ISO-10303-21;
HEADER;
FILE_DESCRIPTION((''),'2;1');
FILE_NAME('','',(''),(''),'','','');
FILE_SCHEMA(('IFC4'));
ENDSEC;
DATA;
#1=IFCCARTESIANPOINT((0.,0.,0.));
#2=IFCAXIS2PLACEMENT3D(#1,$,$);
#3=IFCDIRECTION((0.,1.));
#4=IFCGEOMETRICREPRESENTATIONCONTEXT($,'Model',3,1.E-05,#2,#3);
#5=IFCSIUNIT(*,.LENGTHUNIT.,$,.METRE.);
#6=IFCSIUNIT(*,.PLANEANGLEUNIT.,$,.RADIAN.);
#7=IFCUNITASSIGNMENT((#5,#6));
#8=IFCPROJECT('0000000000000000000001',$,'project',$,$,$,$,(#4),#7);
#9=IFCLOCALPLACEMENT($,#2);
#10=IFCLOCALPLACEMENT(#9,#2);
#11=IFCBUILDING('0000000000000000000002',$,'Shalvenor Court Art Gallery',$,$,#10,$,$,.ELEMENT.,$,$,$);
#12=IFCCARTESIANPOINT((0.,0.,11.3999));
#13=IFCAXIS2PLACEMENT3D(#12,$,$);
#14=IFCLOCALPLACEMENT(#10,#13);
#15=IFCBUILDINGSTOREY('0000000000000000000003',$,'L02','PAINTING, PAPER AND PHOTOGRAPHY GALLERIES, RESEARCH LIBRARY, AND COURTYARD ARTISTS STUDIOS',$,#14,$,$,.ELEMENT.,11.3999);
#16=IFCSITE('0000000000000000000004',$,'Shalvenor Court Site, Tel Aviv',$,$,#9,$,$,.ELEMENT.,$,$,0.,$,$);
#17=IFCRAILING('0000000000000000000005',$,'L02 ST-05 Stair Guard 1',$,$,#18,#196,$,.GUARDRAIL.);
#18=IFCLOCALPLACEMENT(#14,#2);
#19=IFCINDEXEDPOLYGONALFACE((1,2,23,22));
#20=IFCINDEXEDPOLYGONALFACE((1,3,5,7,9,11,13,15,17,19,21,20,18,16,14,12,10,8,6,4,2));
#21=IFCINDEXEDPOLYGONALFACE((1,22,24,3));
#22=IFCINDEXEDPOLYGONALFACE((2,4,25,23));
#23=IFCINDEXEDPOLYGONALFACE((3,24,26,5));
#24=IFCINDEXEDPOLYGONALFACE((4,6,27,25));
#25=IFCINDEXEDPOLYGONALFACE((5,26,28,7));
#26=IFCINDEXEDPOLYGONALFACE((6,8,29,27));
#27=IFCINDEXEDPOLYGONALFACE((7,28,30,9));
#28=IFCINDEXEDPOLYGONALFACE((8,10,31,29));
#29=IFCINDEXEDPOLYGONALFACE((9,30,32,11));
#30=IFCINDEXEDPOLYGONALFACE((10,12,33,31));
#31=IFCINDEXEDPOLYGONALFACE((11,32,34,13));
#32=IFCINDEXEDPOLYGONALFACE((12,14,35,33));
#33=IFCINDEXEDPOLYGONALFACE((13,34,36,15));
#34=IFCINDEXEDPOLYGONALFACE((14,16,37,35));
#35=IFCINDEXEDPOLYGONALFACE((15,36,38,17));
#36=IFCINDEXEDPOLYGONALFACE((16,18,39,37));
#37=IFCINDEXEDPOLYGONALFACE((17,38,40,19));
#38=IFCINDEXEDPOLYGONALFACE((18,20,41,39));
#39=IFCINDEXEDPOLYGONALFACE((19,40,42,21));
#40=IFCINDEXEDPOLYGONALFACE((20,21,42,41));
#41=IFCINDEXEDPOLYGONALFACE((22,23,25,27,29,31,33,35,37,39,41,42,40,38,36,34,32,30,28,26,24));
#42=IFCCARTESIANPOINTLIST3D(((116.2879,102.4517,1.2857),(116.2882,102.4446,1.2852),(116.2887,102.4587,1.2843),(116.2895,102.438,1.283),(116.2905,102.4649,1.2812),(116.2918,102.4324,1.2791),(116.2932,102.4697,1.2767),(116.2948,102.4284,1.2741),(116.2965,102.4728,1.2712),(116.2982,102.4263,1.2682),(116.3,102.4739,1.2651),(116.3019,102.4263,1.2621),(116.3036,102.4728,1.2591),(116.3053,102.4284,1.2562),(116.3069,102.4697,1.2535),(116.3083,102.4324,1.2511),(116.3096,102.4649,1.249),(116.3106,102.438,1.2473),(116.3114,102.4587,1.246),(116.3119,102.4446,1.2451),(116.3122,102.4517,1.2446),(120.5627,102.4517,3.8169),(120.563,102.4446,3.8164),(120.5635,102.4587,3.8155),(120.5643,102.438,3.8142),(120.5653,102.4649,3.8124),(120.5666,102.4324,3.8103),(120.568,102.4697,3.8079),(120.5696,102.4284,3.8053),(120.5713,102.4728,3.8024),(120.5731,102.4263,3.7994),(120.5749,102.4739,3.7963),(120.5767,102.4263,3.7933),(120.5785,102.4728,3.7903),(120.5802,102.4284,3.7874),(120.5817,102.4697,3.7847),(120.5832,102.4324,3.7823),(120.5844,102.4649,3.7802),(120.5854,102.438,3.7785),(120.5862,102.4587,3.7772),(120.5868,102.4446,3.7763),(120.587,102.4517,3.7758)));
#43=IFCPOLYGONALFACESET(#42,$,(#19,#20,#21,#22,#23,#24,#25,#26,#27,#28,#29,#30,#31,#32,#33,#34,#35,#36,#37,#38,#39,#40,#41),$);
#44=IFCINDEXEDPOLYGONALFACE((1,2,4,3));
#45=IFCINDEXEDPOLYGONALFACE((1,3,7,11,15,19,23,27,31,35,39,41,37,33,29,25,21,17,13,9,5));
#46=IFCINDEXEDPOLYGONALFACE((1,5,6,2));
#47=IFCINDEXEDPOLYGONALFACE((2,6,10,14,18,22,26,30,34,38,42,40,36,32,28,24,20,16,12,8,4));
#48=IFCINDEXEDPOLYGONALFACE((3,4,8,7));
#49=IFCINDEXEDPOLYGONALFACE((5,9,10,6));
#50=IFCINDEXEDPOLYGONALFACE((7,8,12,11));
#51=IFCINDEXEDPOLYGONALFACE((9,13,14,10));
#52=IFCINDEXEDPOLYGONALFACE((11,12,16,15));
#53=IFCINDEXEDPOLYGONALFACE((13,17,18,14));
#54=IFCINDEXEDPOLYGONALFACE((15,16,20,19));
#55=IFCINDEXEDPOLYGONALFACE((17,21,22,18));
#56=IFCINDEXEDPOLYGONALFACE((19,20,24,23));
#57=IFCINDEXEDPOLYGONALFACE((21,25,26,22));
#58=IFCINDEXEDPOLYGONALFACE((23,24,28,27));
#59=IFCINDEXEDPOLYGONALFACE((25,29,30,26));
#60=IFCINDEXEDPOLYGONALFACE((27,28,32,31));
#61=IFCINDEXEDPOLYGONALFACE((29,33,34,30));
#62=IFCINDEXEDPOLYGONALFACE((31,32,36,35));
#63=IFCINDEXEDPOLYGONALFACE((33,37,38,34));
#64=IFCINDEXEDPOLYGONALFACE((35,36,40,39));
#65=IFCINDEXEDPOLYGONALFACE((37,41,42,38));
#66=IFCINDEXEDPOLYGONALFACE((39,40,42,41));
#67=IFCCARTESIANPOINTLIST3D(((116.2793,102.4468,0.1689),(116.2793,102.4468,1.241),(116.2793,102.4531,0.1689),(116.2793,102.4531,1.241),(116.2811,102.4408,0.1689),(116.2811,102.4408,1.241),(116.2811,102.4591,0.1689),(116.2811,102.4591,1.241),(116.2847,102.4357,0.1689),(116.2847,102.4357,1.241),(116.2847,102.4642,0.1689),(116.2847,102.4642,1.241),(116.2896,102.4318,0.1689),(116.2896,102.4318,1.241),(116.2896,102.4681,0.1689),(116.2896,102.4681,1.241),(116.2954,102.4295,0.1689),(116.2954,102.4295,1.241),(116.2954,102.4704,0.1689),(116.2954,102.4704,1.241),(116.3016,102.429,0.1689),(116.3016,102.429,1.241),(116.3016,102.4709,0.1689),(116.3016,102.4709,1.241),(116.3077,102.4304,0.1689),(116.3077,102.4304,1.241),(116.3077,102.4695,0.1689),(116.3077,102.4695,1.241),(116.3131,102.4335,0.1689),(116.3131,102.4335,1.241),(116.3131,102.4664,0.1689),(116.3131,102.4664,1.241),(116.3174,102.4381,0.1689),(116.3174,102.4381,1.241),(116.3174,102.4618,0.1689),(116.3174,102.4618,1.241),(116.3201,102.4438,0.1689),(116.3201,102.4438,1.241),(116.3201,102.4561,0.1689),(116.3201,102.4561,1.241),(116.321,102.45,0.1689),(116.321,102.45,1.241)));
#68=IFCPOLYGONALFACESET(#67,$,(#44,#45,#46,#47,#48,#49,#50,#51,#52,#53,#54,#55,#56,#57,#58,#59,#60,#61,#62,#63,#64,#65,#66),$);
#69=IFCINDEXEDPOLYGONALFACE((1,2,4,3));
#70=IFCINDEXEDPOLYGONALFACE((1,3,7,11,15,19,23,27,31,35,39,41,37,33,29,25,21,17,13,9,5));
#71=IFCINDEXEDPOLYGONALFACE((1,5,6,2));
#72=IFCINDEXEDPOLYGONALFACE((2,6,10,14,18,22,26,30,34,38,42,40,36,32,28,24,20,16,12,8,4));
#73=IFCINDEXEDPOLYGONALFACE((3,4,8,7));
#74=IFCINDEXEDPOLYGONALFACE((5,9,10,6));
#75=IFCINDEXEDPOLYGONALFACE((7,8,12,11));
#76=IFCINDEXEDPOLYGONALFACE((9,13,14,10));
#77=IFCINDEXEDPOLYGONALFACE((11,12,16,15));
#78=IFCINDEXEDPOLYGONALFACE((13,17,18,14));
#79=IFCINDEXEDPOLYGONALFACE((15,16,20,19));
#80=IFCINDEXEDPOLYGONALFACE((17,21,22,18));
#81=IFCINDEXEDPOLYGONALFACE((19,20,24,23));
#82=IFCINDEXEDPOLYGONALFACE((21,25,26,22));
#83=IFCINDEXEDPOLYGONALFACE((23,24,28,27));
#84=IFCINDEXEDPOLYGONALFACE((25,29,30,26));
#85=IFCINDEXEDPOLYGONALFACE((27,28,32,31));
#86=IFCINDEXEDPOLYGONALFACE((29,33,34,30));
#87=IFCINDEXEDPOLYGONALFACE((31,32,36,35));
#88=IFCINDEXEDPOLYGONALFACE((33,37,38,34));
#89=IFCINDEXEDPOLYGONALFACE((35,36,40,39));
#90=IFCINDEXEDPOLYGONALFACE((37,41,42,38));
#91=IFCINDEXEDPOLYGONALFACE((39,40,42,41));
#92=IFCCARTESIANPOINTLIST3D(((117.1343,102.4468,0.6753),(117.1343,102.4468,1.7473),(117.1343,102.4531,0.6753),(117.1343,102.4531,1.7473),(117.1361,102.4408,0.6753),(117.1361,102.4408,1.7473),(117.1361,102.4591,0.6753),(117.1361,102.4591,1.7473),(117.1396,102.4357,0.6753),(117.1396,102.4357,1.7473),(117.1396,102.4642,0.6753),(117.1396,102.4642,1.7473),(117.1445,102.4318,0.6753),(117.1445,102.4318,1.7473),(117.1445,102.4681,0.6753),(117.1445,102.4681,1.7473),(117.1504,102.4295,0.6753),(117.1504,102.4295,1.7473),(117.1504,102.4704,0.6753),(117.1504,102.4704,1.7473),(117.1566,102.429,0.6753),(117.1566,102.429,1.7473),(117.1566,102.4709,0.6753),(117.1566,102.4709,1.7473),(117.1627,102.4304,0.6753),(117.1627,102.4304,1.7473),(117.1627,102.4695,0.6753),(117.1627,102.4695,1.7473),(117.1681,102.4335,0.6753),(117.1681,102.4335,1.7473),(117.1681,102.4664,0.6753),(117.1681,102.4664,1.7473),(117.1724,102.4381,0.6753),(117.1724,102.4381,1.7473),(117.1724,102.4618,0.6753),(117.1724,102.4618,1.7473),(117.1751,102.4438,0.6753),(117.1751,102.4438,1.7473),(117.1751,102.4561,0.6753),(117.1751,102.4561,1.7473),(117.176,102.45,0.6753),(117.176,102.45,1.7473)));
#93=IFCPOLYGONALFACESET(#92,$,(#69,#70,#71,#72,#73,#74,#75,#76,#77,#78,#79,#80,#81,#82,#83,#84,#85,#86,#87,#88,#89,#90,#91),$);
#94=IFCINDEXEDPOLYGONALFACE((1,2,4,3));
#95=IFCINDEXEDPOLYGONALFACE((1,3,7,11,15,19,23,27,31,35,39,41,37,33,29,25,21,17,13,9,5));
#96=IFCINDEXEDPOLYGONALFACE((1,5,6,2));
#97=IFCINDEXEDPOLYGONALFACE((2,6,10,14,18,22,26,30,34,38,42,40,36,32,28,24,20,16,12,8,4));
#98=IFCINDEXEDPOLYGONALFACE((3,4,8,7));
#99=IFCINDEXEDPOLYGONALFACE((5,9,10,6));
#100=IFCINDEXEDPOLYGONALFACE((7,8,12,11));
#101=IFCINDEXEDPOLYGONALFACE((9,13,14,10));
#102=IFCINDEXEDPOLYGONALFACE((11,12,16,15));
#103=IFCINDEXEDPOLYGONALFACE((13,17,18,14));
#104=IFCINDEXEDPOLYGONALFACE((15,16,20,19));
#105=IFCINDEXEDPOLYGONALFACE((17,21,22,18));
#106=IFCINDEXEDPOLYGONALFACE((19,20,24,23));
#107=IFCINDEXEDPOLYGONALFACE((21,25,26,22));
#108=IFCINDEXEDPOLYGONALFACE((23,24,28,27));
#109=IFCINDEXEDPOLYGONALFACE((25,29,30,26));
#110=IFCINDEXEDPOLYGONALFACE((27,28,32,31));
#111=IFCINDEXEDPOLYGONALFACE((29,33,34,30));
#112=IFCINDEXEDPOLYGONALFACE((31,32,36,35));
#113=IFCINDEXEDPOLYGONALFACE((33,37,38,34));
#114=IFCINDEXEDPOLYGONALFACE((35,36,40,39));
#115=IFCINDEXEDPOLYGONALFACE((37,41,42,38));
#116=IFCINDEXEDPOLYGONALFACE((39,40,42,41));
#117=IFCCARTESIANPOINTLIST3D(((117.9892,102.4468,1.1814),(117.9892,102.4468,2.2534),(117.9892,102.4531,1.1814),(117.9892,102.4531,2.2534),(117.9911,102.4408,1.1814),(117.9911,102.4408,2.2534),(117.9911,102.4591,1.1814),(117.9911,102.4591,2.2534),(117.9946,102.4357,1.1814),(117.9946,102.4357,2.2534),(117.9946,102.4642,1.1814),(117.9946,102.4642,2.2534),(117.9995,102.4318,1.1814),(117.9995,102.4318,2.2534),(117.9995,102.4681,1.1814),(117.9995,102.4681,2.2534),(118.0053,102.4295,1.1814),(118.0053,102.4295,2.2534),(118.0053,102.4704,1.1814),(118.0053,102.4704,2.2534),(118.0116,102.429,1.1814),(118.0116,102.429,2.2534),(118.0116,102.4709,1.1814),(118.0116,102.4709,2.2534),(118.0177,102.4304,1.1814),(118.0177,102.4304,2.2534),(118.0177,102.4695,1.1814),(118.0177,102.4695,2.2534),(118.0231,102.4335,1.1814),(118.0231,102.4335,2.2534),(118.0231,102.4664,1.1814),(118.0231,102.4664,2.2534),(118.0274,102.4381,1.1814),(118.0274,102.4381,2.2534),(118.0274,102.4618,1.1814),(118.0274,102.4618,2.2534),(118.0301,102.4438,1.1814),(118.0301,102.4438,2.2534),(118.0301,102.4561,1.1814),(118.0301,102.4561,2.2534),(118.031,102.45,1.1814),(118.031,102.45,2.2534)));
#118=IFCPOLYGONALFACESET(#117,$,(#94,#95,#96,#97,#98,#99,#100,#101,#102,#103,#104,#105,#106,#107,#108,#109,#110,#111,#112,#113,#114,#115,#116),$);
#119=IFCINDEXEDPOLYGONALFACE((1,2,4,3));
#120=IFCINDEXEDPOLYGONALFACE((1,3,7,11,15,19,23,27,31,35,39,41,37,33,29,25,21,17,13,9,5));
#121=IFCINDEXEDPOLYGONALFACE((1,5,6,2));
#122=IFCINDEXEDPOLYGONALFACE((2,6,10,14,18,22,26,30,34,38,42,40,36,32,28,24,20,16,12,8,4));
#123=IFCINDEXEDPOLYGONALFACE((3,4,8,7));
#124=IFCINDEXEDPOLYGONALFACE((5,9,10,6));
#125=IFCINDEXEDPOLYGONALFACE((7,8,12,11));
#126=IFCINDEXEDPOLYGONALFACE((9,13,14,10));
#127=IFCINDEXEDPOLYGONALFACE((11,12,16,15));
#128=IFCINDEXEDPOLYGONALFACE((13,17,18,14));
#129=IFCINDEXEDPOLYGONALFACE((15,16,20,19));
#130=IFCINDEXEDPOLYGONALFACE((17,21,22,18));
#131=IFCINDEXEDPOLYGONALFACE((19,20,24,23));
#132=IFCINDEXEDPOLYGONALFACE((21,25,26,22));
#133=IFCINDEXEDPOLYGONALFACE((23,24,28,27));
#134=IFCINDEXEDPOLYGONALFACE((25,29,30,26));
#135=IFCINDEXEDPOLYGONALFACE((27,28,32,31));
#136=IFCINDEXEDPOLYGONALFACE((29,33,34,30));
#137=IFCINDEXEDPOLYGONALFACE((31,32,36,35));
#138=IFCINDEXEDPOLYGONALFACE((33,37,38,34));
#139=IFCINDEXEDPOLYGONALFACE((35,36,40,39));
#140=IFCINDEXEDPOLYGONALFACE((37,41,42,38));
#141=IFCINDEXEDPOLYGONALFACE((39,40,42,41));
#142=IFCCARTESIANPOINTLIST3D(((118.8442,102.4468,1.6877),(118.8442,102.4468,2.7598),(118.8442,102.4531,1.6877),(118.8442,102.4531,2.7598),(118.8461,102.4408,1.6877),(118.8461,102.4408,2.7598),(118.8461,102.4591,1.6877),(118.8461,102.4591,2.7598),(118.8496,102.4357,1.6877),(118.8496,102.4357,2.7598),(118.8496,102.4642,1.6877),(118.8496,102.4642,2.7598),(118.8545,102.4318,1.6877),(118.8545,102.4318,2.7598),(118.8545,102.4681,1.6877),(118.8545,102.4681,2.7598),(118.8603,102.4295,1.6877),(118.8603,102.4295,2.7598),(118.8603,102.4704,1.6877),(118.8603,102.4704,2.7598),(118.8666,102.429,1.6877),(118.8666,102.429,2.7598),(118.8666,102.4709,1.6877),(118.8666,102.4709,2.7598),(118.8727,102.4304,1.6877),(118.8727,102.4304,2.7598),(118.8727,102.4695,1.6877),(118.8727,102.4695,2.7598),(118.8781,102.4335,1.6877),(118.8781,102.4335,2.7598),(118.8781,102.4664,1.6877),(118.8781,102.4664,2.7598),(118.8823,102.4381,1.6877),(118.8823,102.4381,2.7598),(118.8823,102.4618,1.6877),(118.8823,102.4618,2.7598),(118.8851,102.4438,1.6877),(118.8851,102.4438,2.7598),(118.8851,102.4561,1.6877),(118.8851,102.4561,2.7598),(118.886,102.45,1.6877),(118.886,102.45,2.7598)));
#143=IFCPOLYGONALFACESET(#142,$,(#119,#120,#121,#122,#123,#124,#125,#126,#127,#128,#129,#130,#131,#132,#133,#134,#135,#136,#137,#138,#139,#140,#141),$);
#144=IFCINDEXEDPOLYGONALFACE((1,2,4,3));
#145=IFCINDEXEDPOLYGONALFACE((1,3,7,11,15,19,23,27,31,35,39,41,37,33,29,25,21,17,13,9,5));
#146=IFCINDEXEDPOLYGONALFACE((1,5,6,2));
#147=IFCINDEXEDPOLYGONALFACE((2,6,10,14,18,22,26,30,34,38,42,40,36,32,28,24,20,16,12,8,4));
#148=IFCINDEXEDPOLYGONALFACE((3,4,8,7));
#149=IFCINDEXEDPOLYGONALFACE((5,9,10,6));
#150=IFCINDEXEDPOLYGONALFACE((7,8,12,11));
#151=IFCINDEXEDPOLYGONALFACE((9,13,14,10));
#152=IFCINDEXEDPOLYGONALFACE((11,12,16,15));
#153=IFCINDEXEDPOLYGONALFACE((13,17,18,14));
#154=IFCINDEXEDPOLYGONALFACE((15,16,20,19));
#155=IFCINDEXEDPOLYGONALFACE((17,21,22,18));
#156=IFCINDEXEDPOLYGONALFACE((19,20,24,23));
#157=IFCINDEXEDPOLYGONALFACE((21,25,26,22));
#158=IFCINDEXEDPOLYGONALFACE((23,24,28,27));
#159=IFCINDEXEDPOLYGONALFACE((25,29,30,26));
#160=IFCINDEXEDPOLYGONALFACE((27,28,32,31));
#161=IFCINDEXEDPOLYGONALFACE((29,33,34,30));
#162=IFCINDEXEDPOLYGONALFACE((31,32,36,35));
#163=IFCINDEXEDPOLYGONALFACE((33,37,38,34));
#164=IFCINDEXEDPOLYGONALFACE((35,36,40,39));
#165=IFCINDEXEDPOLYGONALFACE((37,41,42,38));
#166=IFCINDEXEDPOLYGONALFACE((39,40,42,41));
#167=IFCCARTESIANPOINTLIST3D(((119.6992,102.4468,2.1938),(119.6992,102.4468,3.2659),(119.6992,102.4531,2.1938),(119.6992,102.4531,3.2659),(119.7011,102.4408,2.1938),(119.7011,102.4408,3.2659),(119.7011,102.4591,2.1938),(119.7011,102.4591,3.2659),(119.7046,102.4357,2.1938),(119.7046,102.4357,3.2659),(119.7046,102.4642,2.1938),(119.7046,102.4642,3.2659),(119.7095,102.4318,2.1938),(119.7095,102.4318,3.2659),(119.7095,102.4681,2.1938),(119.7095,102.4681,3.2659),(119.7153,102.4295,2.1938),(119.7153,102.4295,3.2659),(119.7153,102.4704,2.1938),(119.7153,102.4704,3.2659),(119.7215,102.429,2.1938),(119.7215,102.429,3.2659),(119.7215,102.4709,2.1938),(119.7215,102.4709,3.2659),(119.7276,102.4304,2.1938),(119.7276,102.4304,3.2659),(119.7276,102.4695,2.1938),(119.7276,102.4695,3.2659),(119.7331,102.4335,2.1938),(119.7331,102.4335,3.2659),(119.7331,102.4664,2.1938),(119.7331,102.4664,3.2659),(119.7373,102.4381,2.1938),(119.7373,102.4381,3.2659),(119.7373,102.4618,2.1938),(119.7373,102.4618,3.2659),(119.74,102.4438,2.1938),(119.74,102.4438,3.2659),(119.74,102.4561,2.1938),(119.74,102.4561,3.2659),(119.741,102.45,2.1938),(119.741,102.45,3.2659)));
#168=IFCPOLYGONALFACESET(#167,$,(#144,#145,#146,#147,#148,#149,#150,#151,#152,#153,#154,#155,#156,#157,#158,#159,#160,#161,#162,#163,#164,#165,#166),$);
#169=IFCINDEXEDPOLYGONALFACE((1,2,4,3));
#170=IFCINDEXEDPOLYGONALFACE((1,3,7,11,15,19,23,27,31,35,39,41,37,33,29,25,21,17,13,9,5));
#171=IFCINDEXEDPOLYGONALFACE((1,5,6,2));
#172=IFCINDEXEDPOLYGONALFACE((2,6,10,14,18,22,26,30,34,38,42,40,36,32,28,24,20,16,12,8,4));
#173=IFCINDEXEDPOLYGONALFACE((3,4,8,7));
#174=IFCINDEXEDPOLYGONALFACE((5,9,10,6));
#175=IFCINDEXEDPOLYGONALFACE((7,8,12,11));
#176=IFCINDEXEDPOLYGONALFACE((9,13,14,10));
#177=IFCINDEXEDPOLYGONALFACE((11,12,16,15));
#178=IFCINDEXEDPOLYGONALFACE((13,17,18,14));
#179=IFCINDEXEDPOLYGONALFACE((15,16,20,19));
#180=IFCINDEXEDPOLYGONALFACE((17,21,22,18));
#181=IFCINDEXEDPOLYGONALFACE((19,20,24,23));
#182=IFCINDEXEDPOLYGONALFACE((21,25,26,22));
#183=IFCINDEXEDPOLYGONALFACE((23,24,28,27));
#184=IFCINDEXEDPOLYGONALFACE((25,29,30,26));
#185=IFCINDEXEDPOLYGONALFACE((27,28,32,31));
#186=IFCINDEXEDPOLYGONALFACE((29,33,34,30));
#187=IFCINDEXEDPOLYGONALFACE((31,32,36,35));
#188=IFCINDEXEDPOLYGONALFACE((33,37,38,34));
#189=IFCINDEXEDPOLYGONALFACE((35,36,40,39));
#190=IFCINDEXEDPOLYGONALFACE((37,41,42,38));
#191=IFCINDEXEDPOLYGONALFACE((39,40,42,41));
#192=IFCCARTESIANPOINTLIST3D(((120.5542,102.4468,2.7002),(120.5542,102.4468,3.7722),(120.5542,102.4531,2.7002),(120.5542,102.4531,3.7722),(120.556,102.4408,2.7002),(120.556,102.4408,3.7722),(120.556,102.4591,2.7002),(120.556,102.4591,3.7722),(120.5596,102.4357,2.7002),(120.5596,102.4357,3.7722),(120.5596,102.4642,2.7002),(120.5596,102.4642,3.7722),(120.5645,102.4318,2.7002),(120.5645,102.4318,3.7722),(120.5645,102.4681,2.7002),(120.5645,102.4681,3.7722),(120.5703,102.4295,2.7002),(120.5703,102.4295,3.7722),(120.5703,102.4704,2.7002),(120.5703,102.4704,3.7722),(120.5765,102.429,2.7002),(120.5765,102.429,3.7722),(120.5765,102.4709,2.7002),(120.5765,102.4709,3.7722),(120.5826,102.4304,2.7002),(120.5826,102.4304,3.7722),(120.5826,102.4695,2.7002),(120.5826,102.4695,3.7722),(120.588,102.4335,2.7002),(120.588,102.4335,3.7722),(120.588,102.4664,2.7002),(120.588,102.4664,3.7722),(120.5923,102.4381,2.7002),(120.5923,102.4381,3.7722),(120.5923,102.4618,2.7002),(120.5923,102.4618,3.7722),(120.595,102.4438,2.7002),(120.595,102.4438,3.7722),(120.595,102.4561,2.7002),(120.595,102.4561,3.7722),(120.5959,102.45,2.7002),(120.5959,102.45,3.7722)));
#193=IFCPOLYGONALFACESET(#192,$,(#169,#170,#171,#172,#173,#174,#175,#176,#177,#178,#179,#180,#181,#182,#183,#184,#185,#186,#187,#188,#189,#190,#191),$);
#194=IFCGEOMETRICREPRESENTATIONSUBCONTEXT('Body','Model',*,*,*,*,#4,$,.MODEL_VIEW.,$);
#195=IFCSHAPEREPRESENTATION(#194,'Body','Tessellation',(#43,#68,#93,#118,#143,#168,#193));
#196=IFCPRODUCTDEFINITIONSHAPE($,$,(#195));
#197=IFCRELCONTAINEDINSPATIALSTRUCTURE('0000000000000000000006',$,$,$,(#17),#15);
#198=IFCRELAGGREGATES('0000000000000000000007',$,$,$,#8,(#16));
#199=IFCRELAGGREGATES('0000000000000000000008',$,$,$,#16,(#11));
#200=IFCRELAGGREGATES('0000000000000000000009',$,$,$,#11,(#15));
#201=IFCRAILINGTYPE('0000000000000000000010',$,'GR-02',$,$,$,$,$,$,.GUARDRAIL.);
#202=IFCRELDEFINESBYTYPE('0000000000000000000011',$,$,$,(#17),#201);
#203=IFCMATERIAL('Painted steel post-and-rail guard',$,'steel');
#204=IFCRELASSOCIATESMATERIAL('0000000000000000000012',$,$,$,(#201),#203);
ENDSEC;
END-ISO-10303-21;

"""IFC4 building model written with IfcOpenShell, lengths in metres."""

from ifc_helpers import new_model, si_unit, direction, frame, origin, origin_2d, place, context, subcontext, project, spatial, circle, extrude, material, type_object, element, save


model = new_model("IFC4")

# Units and contexts
model_context = context("Model", 3, precision=1e-05, world=origin(), true_north=direction((0.0, 1.0)))
body_context = subcontext(model_context, "Body", "Model", "MODEL_VIEW")
ifc_project = project(units=[si_unit("LENGTHUNIT", "METRE"), si_unit("PLANEANGLEUNIT", "RADIAN")], contexts=[model_context])

# Site, building, storey
site_placement = place(None, origin())
site = spatial("IfcSite", under=ifc_project, at=site_placement, Name="Shalvenor Court Site, Tel Aviv", CompositionType="ELEMENT", RefElevation=0.0)
building_placement = place(site_placement, origin())
building = spatial("IfcBuilding", under=site, at=building_placement, Name="Shalvenor Court Art Gallery", CompositionType="ELEMENT")
storey_placement = place(building_placement, frame((0.0, 0.0, 11.3999)))
storey = spatial("IfcBuildingStorey", under=building, at=storey_placement, Name="L02", Description="PAINTING, PAPER AND PHOTOGRAPHY GALLERIES, RESEARCH LIBRARY, AND COURTYARD ARTISTS STUDIOS", CompositionType="ELEMENT", Elevation=11.3999)

# Railing
ifc_material_1 = material(Name="Painted steel post-and-rail guard", Category="steel")
railing_type_1 = type_object("IfcRailingType", Name="GR-02", PredefinedType="GUARDRAIL", material=ifc_material_1)
railing_1_placement = place(storey_placement, frame((116.3, 102.45, 0.1689)))
element("IfcRailing", 1, at=railing_1_placement, inside=storey, type_object=railing_type_1, Name="L02 ST-05 Stair Guard 1", PredefinedType="GUARDRAIL", context=body_context, shape_type="SweptSolid", body=[
    extrude(circle(Radius=0.0239, at=origin_2d()), frame((0.0, 0.0, 1.0962), z_axis=(0.86047, 0.0, 0.509501), x_axis=(0.0, 1.0, 0.0)), (0.0, 0.0, 1.0), 4.968),
    extrude(circle(Radius=0.021, at=origin_2d()), origin(), (0.0, 0.0, 1.0), 1.072),
    extrude(circle(Radius=0.021, at=origin_2d()), frame((0.855, 0.0, 0.5063)), (0.0, 0.0, 1.0), 1.072),
    extrude(circle(Radius=0.021, at=origin_2d()), frame((1.71, 0.0, 1.0125)), (0.0, 0.0, 1.0), 1.072),
    extrude(circle(Radius=0.021, at=origin_2d()), frame((2.5649, 0.0, 1.5188)), (0.0, 0.0, 1.0), 1.072),
    extrude(circle(Radius=0.021, at=origin_2d()), frame((3.4199, 0.0, 2.0249)), (0.0, 0.0, 1.0), 1.072),
    extrude(circle(Radius=0.021, at=origin_2d()), frame((4.2749, 0.0, 2.5312)), (0.0, 0.0, 1.0), 1.072),
])

save(model, "model.ifc")
